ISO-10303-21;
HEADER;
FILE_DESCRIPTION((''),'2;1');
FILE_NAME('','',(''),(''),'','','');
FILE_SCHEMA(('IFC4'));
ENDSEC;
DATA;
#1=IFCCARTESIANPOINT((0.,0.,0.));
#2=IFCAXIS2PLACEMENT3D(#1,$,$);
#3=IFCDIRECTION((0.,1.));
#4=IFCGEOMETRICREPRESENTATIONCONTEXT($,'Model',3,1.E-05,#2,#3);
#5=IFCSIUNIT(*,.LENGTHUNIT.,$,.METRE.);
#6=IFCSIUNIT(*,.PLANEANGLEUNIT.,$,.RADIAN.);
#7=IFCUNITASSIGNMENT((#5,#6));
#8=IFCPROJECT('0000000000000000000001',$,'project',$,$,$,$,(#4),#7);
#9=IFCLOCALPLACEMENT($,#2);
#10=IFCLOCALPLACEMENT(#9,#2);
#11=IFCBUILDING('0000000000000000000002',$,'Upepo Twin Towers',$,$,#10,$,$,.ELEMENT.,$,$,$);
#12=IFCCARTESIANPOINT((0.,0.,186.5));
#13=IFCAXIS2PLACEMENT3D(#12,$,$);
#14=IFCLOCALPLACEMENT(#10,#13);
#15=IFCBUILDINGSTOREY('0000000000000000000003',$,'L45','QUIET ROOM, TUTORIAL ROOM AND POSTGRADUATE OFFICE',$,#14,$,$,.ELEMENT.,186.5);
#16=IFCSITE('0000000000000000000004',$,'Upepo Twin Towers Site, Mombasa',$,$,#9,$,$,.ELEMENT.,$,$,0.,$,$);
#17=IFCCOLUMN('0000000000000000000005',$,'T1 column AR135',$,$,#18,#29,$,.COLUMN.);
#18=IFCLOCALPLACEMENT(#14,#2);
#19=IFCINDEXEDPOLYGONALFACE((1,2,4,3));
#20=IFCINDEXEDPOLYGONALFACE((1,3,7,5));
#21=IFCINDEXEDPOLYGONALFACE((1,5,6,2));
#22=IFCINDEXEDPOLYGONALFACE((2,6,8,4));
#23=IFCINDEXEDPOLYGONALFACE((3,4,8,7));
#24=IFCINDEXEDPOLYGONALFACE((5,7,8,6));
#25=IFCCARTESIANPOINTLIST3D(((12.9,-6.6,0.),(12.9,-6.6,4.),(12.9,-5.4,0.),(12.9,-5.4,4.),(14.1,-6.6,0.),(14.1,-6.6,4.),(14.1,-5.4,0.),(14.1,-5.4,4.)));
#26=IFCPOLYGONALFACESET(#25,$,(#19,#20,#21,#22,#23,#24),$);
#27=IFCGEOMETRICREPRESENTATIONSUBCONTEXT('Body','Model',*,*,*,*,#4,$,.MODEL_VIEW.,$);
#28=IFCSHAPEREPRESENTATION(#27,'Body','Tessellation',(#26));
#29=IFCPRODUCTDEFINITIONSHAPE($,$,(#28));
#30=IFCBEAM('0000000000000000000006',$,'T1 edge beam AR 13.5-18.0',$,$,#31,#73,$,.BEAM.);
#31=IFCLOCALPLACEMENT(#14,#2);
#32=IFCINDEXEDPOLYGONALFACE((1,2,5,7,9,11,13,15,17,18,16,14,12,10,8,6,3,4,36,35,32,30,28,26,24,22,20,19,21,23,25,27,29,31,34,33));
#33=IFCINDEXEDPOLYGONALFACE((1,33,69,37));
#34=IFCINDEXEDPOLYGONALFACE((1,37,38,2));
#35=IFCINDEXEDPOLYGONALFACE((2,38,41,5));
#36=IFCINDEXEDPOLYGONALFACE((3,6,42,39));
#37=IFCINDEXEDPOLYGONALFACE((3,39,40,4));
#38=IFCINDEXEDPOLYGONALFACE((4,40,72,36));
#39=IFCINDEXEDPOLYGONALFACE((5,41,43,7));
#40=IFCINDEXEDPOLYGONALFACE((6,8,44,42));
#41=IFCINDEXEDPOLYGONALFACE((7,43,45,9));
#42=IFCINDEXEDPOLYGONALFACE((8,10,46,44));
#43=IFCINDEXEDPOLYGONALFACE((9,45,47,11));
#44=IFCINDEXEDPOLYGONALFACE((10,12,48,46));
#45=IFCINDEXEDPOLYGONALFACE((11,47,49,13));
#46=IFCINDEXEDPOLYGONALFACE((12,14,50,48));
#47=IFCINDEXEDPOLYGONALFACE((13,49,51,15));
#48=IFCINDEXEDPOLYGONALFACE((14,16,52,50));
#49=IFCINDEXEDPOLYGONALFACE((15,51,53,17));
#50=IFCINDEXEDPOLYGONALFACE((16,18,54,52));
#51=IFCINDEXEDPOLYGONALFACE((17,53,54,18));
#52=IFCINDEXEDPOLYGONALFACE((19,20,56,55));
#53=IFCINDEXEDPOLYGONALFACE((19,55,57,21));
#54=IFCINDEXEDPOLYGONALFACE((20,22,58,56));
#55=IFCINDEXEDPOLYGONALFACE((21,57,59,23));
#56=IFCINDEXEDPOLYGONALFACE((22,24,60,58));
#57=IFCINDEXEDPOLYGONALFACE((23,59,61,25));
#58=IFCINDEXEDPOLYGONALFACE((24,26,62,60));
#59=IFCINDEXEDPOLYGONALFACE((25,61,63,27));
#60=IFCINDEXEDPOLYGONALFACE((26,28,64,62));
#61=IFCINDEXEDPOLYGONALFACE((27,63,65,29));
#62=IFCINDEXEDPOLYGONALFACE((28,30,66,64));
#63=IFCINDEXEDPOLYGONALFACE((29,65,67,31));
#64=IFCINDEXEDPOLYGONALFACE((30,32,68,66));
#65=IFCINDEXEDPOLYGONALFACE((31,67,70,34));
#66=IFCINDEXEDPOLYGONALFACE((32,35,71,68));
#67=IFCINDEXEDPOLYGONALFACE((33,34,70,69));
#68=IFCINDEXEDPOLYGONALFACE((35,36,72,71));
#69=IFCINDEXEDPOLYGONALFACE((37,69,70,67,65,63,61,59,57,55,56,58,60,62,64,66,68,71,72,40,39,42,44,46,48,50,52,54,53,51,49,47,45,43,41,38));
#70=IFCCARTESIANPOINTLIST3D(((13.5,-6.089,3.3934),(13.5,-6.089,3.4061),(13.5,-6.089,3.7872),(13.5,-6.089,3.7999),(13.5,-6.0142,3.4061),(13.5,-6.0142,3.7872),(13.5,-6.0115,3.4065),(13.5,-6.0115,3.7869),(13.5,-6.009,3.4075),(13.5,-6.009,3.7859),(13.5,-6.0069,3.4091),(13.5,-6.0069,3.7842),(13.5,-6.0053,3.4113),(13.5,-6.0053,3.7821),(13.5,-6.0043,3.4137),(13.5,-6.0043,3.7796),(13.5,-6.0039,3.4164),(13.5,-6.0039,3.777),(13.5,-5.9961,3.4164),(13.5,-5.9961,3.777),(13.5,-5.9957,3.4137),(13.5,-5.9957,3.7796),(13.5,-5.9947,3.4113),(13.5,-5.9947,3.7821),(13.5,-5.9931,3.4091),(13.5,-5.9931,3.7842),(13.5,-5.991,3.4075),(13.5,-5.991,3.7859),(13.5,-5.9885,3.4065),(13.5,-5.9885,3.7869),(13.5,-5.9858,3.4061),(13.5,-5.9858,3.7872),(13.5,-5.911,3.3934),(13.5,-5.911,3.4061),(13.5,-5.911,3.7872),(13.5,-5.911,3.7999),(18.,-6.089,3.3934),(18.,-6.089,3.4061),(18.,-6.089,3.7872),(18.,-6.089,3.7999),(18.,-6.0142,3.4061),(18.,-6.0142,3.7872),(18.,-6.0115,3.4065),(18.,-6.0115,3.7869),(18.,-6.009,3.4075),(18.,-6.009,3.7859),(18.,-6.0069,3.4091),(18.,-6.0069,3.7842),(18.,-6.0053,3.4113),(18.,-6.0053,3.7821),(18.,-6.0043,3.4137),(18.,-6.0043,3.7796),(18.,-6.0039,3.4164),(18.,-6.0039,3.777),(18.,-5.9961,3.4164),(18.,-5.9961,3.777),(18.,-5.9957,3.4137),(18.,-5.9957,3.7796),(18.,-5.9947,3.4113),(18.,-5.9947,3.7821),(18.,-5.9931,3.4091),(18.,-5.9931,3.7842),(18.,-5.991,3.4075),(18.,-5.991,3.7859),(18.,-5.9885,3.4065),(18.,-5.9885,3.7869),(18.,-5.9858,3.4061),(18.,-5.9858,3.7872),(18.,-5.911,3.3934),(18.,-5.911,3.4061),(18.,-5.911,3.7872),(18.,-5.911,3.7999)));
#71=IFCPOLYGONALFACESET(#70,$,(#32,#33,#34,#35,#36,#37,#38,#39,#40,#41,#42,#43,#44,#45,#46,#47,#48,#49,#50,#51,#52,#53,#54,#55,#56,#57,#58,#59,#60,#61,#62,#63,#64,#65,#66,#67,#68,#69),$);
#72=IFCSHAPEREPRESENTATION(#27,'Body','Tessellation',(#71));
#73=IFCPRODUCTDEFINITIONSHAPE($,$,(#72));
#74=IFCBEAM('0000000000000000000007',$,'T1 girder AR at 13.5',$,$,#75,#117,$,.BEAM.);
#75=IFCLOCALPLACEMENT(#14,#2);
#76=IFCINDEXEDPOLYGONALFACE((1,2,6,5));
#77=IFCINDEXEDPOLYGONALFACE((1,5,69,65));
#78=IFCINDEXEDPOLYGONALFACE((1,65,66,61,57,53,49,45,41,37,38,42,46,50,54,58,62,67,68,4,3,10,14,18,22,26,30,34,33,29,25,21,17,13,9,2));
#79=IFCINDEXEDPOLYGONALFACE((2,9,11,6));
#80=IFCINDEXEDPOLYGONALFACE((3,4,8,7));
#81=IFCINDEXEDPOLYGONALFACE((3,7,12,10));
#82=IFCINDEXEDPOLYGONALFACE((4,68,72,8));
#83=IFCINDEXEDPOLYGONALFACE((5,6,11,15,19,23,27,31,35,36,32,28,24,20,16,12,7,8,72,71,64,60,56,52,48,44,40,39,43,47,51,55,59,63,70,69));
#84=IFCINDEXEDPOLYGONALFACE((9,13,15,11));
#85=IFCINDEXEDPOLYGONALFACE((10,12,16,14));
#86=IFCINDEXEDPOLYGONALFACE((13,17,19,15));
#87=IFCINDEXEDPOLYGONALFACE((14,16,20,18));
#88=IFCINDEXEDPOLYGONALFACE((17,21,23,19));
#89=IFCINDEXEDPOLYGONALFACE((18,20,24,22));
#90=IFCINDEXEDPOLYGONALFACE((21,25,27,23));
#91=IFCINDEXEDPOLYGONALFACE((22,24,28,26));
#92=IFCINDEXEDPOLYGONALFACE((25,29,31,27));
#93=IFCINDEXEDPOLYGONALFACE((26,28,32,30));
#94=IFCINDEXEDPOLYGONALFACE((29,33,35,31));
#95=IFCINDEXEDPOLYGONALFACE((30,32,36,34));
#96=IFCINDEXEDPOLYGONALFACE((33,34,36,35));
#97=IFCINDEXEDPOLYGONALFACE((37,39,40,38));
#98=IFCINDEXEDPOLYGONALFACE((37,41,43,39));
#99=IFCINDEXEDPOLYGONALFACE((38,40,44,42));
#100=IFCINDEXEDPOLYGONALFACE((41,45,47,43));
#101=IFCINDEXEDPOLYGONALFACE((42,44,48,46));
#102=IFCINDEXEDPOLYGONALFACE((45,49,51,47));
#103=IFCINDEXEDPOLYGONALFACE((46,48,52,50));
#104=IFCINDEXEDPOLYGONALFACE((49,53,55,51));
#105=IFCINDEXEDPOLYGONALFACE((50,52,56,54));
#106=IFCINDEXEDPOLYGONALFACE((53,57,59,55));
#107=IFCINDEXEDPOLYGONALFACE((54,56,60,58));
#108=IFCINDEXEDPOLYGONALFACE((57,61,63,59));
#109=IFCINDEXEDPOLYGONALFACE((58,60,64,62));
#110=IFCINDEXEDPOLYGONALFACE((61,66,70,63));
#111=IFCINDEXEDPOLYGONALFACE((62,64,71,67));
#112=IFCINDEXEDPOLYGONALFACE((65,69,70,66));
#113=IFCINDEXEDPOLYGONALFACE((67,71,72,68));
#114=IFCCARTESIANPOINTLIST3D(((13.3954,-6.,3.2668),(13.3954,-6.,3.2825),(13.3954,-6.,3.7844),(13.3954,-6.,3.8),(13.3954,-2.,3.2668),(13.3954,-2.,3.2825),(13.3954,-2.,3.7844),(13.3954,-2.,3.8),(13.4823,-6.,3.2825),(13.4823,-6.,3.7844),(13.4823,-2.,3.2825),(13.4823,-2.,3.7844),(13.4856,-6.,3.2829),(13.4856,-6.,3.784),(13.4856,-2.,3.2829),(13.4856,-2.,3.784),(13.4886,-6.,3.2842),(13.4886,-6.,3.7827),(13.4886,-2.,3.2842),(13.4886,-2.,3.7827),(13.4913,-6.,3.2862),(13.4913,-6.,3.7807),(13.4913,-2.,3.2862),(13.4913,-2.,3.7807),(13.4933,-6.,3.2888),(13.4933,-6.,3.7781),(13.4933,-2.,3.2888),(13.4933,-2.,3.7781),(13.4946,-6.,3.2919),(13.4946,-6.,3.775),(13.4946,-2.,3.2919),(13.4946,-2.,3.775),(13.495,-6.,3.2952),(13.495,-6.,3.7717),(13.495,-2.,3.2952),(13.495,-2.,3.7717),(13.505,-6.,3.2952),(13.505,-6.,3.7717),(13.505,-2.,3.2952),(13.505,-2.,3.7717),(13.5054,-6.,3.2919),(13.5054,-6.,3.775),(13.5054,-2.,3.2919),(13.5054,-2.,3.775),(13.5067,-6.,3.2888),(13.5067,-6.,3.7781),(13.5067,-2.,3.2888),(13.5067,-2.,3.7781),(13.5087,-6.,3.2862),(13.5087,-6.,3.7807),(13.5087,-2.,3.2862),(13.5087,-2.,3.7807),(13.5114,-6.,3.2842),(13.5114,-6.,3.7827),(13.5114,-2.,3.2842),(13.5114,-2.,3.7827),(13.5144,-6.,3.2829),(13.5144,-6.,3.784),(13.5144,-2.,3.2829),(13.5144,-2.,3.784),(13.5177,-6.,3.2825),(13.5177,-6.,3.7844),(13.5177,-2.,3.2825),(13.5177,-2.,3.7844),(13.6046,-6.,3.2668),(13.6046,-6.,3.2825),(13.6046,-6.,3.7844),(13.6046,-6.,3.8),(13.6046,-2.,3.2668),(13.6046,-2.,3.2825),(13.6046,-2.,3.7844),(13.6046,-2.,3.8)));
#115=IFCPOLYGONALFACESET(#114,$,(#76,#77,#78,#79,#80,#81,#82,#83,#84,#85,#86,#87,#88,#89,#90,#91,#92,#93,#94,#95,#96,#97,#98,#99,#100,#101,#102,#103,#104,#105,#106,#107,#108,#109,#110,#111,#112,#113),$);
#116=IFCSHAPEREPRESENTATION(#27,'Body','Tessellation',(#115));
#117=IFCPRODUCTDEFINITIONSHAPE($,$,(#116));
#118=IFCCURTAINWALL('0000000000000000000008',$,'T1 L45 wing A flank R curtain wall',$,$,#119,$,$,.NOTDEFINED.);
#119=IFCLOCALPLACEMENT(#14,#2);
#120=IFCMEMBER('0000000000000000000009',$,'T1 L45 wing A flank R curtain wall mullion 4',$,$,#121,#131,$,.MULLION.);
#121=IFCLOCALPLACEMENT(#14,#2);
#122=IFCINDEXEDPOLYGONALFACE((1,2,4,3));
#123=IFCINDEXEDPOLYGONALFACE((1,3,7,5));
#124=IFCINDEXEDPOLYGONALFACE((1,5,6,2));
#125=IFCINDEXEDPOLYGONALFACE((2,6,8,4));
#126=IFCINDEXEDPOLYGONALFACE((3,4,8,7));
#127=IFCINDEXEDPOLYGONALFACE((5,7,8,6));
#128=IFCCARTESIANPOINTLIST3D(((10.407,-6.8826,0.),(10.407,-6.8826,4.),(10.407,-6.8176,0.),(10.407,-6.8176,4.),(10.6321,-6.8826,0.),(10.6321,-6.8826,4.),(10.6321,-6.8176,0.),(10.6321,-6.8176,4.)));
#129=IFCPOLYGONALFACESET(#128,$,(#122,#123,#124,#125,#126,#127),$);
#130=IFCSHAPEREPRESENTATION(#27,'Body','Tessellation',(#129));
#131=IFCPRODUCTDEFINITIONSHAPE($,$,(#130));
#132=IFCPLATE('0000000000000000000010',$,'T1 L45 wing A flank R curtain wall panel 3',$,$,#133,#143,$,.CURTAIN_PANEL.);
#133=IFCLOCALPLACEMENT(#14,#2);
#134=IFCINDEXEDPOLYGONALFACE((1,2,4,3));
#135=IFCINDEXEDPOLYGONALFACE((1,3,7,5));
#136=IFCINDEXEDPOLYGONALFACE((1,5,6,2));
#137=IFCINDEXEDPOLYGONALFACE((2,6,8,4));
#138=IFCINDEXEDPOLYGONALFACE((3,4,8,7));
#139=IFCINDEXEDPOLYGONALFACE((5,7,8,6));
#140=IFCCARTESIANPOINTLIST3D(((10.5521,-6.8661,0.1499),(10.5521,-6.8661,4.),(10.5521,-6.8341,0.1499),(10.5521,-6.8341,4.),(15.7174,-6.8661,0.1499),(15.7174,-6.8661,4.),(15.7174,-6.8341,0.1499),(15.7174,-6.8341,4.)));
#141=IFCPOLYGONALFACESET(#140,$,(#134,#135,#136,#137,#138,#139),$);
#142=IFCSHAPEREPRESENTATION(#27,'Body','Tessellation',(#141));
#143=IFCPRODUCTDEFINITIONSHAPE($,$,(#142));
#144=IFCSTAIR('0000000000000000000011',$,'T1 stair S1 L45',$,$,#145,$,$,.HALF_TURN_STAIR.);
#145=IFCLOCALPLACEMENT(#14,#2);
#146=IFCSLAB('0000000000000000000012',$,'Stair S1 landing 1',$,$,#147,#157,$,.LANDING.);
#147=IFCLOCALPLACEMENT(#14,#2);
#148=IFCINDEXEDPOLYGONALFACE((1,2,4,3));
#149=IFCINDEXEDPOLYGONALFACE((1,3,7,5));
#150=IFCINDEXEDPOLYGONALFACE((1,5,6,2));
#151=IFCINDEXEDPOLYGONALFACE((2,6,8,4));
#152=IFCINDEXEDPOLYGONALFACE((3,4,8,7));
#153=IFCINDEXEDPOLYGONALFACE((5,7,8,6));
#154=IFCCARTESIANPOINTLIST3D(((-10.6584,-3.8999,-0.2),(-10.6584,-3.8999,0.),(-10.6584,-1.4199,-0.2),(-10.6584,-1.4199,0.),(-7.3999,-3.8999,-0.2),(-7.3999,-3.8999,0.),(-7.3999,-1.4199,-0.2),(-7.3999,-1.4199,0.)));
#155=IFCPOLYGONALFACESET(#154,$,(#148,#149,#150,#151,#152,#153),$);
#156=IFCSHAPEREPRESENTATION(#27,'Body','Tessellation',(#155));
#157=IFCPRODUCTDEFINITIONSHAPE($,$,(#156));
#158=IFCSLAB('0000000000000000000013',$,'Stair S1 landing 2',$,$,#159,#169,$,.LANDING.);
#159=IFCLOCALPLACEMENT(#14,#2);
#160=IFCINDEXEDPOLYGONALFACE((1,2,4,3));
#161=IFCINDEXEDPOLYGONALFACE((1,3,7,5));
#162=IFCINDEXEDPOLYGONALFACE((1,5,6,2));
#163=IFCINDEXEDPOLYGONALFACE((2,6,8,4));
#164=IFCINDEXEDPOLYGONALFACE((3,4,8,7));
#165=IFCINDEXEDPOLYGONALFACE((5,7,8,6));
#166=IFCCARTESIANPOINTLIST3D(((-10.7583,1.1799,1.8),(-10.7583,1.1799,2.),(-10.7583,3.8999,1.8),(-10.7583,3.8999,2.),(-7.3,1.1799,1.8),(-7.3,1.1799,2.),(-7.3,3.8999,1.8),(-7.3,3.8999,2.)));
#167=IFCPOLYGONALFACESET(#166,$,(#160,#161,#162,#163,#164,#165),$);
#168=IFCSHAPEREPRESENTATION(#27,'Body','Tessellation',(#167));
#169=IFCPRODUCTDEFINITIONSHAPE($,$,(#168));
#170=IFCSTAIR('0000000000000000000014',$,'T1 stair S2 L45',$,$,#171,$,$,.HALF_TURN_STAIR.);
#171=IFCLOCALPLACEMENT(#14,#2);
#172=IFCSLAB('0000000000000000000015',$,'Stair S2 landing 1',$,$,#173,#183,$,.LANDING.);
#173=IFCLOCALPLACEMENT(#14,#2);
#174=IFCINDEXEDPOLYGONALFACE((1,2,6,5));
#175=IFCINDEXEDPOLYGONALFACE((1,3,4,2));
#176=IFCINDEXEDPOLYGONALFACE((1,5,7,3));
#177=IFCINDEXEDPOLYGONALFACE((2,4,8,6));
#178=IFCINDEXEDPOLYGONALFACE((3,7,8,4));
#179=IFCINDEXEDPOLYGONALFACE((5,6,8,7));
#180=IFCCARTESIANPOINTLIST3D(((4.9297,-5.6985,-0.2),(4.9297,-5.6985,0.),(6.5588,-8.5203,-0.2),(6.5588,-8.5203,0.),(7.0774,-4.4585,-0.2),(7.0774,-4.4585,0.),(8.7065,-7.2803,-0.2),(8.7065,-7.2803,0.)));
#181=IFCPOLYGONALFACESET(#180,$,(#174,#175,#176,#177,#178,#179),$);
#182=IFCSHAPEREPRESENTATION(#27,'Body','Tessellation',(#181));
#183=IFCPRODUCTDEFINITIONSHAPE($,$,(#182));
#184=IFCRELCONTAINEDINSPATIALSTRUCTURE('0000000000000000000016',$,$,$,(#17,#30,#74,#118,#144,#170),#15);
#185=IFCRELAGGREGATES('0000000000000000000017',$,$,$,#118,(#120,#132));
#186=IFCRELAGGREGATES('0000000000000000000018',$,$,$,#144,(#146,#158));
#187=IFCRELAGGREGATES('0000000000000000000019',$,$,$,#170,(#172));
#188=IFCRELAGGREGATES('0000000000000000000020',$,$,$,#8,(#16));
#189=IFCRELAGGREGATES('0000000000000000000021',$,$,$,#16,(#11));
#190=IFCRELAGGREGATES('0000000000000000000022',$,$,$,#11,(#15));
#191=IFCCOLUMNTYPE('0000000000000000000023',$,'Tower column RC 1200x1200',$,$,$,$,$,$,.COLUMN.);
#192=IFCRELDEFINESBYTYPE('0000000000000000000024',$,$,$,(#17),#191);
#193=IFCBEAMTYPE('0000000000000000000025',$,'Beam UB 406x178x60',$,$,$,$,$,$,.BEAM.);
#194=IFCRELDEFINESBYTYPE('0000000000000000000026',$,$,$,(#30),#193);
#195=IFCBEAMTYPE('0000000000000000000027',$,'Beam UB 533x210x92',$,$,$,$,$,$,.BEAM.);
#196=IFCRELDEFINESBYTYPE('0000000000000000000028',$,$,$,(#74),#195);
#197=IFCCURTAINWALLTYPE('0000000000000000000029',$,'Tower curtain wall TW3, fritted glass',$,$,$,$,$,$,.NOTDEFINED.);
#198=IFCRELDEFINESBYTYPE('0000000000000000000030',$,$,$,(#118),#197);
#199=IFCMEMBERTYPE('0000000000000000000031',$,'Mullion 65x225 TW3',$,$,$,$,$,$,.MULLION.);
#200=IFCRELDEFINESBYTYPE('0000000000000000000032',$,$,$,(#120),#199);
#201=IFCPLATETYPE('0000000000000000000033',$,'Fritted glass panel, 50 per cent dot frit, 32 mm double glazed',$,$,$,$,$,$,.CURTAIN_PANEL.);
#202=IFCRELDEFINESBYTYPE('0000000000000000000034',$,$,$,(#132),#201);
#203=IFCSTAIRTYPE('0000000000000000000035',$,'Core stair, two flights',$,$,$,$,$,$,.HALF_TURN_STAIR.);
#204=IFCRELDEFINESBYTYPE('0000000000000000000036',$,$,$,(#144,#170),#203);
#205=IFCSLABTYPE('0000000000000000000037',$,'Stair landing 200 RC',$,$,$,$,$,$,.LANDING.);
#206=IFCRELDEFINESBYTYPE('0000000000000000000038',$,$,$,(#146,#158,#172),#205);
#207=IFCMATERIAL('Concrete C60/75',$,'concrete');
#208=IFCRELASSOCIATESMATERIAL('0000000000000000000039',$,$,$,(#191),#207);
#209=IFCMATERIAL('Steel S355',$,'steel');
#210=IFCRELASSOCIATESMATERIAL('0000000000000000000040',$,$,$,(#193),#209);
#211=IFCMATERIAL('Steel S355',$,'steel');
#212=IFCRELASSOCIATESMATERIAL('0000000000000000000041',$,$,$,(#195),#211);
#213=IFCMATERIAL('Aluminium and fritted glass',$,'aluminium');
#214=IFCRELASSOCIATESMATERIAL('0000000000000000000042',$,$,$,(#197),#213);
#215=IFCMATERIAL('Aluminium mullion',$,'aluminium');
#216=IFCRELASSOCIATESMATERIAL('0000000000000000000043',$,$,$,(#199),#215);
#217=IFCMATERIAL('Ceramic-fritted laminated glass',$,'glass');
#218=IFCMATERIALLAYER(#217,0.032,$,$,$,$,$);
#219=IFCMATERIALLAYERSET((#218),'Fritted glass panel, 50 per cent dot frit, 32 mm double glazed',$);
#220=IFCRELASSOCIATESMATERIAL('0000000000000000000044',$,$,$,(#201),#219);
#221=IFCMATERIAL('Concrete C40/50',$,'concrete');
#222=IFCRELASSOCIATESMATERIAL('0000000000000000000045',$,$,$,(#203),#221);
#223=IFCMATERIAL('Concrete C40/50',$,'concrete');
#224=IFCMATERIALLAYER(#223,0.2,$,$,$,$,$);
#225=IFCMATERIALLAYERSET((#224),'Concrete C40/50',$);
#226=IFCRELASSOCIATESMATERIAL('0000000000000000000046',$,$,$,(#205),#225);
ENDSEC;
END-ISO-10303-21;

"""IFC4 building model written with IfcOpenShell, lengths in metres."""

from ifc_helpers import new_model, si_unit, direction, frame, origin, origin_2d, place, context, subcontext, project, spatial, polyline, rectangle, i_section, outline, extrude, material, layer, layer_set, material_profile, profile_set, type_object, element, aggregate, save


model = new_model("IFC4")

# Units and contexts
model_context = context("Model", 3, precision=1e-05, world=origin(), true_north=direction((0.0, 1.0)))
body_context = subcontext(model_context, "Body", "Model", "MODEL_VIEW")
ifc_project = project(units=[si_unit("LENGTHUNIT", "METRE"), si_unit("PLANEANGLEUNIT", "RADIAN")], contexts=[model_context])

# Site, building, storey
site_placement = place(None, origin())
site = spatial("IfcSite", under=ifc_project, at=site_placement, Name="Upepo Twin Towers Site, Mombasa", CompositionType="ELEMENT", RefElevation=0.0)
building_placement = place(site_placement, origin())
building = spatial("IfcBuilding", under=site, at=building_placement, Name="Upepo Twin Towers", CompositionType="ELEMENT")
storey_placement = place(building_placement, frame((0.0, 0.0, 186.5)))
storey = spatial("IfcBuildingStorey", under=building, at=storey_placement, Name="L45", Description="QUIET ROOM, TUTORIAL ROOM AND POSTGRADUATE OFFICE", CompositionType="ELEMENT", Elevation=186.5)

# Column
ifc_material_1 = material(Name="Concrete C60/75", Category="concrete")
ifc_material_profile_1 = material_profile(ifc_material_1, rectangle(XDim=1.2, YDim=1.2, at=origin_2d()), Name="RC 1200x1200")
ifc_profile_set_1 = profile_set([ifc_material_profile_1], Name="Concrete C60/75")
column_type = type_object("IfcColumnType", Name="Tower column RC 1200x1200", PredefinedType="COLUMN", material=ifc_profile_set_1)
column_placement = place(storey_placement, frame((13.5, -6.0, 0.0), z_axis=(0.0, 0.0, 1.0), x_axis=(1.0, 0.0, 0.0)))
element("IfcColumn", 1, at=column_placement, inside=storey, type_object=column_type, Name="T1 column AR135", PredefinedType="COLUMN", context=body_context, shape_type="SweptSolid", body=[
    extrude(rectangle(XDim=1.2, YDim=1.2, at=origin_2d()), origin(), (0.0, 0.0, 1.0), 4.0),
])

# Beams
ifc_material_2 = material(Name="Steel S355", Category="steel")
ifc_material_profile_2 = material_profile(ifc_material_2, i_section(OverallWidth=0.178, OverallDepth=0.4065, WebThickness=0.0078, FlangeThickness=0.0127, FilletRadius=0.0103, at=origin_2d()), Name="UB 406x178x60")
ifc_profile_set_2 = profile_set([ifc_material_profile_2], Name="Steel S355")
beam_type_1 = type_object("IfcBeamType", Name="Beam UB 406x178x60", PredefinedType="BEAM", material=ifc_profile_set_2)
beam_1_placement = place(storey_placement, frame((13.5, -6.0, 3.5967), z_axis=(1.0, 0.0, 0.0), x_axis=(0.0, 1.0, 0.0)))
element("IfcBeam", 2, at=beam_1_placement, inside=storey, type_object=beam_type_1, Name="T1 edge beam AR 13.5-18.0", PredefinedType="BEAM", context=body_context, shape_type="SweptSolid", body=[
    extrude(i_section(OverallWidth=0.178, OverallDepth=0.4065, WebThickness=0.0078, FlangeThickness=0.0127, FilletRadius=0.0103, at=origin_2d()), origin(), (0.0, 0.0, 1.0), 4.5),
])
ifc_material_3 = material(Name="Steel S355", Category="steel")
ifc_material_profile_3 = material_profile(ifc_material_3, i_section(OverallWidth=0.2092, OverallDepth=0.5332, WebThickness=0.01, FlangeThickness=0.0156, FilletRadius=0.0127, at=origin_2d()), Name="UB 533x210x92")
ifc_profile_set_3 = profile_set([ifc_material_profile_3], Name="Steel S355")
beam_type_2 = type_object("IfcBeamType", Name="Beam UB 533x210x92", PredefinedType="BEAM", material=ifc_profile_set_3)
beam_2_placement = place(storey_placement, frame((13.5, -6.0, 3.5334), z_axis=(0.0, 1.0, 0.0), x_axis=(-1.0, 0.0, 0.0)))
element("IfcBeam", 3, at=beam_2_placement, inside=storey, type_object=beam_type_2, Name="T1 girder AR at 13.5", PredefinedType="BEAM", context=body_context, shape_type="SweptSolid", body=[
    extrude(i_section(OverallWidth=0.2092, OverallDepth=0.5332, WebThickness=0.01, FlangeThickness=0.0156, FilletRadius=0.0127, at=origin_2d()), origin(), (0.0, 0.0, 1.0), 4.0),
])

# Curtain wall, member, plate
ifc_material_4 = material(Name="Aluminium and fritted glass", Category="aluminium")
curtain_wall_type = type_object("IfcCurtainWallType", Name="Tower curtain wall TW3, fritted glass", PredefinedType="NOTDEFINED", material=ifc_material_4)
curtain_wall_placement = place(storey_placement, origin())
curtain_wall = element("IfcCurtainWall", 4, at=curtain_wall_placement, inside=storey, type_object=curtain_wall_type, Name="T1 L45 wing A flank R curtain wall", PredefinedType="NOTDEFINED")
ifc_material_5 = material(Name="Aluminium mullion", Category="aluminium")
ifc_material_profile_4 = material_profile(ifc_material_5, rectangle(XDim=0.0649, YDim=0.2251, at=origin_2d()), Name="MULLION 65x225")
ifc_profile_set_4 = profile_set([ifc_material_profile_4], Name="Aluminium mullion")
member_type = type_object("IfcMemberType", Name="Mullion 65x225 TW3", PredefinedType="MULLION", material=ifc_profile_set_4)
member_placement = place(storey_placement, frame((10.5195, -6.8501, 0.0), z_axis=(0.0, 0.0, 1.0), x_axis=(0.0, -1.0, 0.0)))
member = element("IfcMember", 5, at=member_placement, type_object=member_type, Name="T1 L45 wing A flank R curtain wall mullion 4", PredefinedType="MULLION", context=body_context, shape_type="SweptSolid", body=[
    extrude(rectangle(XDim=0.0649, YDim=0.2251, at=origin_2d()), origin(), (0.0, 0.0, 1.0), 4.0),
])
ifc_material_6 = material(Name="Ceramic-fritted laminated glass", Category="glass")
ifc_layer_1 = layer(ifc_material_6, 0.032)
ifc_layer_set_1 = layer_set([ifc_layer_1], Name="Fritted glass panel, 50 per cent dot frit, 32 mm double glazed")
plate_type = type_object("IfcPlateType", Name="Fritted glass panel, 50 per cent dot frit, 32 mm double glazed", PredefinedType="CURTAIN_PANEL", material=ifc_layer_set_1)
plate_placement = place(storey_placement, frame((13.1348, -6.8501, 0.1499), z_axis=(0.0, 0.0, 1.0), x_axis=(-1.0, 0.0, 0.0)))
plate = element("IfcPlate", 6, at=plate_placement, type_object=plate_type, Name="T1 L45 wing A flank R curtain wall panel 3", PredefinedType="CURTAIN_PANEL", context=body_context, shape_type="SweptSolid", body=[
    extrude(rectangle(XDim=5.1653, YDim=0.032, at=origin_2d()), origin(), (0.0, 0.0, 1.0), 3.8501),
])
aggregate(curtain_wall, [member, plate])

# Stair, slabs
ifc_material_7 = material(Name="Concrete C40/50", Category="concrete")
stair_type = type_object("IfcStairType", Name="Core stair, two flights", PredefinedType="HALF_TURN_STAIR", material=ifc_material_7)
stair_1_placement = place(storey_placement, origin())
stair_1 = element("IfcStair", 7, at=stair_1_placement, inside=storey, type_object=stair_type, Name="T1 stair S1 L45", PredefinedType="HALF_TURN_STAIR")
ifc_material_8 = material(Name="Concrete C40/50", Category="concrete")
ifc_layer_2 = layer(ifc_material_8, 0.2)
ifc_layer_set_2 = layer_set([ifc_layer_2], Name="Concrete C40/50")
slab_type_1 = type_object("IfcSlabType", Name="Stair landing 200 RC", PredefinedType="LANDING", material=ifc_layer_set_2)
slab_1_placement = place(storey_placement, frame((0.0, 0.0, -0.2)))
slab_1 = element("IfcSlab", 8, at=slab_1_placement, type_object=slab_type_1, Name="Stair S1 landing 1", PredefinedType="LANDING", context=body_context, shape_type="SweptSolid", body=[
    extrude(outline(polyline([(-7.3999, -1.4199), (-10.6584, -1.4199), (-10.6584, -3.8999), (-7.3999, -3.8999), (-7.3999, -1.4199)])), origin(), (0.0, 0.0, 1.0), 0.2),
])
slab_2_placement = place(storey_placement, frame((0.0, 0.0, 1.8)))
slab_2 = element("IfcSlab", 9, at=slab_2_placement, type_object=slab_type_1, Name="Stair S1 landing 2", PredefinedType="LANDING", context=body_context, shape_type="SweptSolid", body=[
    extrude(outline(polyline([(-7.3, 3.8999), (-10.7583, 3.8999), (-10.7583, 1.1799), (-7.3, 1.1799), (-7.3, 3.8999)])), origin(), (0.0, 0.0, 1.0), 0.2),
])
aggregate(stair_1, [slab_1, slab_2])

# Stair, slab
stair_2_placement = place(storey_placement, origin())
stair_2 = element("IfcStair", 10, at=stair_2_placement, inside=storey, type_object=stair_type, Name="T1 stair S2 L45", PredefinedType="HALF_TURN_STAIR")
slab_3_placement = place(storey_placement, frame((0.0, 0.0, -0.2)))
slab_3 = element("IfcSlab", 11, at=slab_3_placement, type_object=slab_type_1, Name="Stair S2 landing 1", PredefinedType="LANDING", context=body_context, shape_type="SweptSolid", body=[
    extrude(outline(polyline([(4.9297, -5.6985), (6.5588, -8.5203), (8.7065, -7.2803), (7.0774, -4.4585), (4.9297, -5.6985)])), origin(), (0.0, 0.0, 1.0), 0.2),
])

aggregate(stair_2, [slab_3])

save(model, "model.ifc")
